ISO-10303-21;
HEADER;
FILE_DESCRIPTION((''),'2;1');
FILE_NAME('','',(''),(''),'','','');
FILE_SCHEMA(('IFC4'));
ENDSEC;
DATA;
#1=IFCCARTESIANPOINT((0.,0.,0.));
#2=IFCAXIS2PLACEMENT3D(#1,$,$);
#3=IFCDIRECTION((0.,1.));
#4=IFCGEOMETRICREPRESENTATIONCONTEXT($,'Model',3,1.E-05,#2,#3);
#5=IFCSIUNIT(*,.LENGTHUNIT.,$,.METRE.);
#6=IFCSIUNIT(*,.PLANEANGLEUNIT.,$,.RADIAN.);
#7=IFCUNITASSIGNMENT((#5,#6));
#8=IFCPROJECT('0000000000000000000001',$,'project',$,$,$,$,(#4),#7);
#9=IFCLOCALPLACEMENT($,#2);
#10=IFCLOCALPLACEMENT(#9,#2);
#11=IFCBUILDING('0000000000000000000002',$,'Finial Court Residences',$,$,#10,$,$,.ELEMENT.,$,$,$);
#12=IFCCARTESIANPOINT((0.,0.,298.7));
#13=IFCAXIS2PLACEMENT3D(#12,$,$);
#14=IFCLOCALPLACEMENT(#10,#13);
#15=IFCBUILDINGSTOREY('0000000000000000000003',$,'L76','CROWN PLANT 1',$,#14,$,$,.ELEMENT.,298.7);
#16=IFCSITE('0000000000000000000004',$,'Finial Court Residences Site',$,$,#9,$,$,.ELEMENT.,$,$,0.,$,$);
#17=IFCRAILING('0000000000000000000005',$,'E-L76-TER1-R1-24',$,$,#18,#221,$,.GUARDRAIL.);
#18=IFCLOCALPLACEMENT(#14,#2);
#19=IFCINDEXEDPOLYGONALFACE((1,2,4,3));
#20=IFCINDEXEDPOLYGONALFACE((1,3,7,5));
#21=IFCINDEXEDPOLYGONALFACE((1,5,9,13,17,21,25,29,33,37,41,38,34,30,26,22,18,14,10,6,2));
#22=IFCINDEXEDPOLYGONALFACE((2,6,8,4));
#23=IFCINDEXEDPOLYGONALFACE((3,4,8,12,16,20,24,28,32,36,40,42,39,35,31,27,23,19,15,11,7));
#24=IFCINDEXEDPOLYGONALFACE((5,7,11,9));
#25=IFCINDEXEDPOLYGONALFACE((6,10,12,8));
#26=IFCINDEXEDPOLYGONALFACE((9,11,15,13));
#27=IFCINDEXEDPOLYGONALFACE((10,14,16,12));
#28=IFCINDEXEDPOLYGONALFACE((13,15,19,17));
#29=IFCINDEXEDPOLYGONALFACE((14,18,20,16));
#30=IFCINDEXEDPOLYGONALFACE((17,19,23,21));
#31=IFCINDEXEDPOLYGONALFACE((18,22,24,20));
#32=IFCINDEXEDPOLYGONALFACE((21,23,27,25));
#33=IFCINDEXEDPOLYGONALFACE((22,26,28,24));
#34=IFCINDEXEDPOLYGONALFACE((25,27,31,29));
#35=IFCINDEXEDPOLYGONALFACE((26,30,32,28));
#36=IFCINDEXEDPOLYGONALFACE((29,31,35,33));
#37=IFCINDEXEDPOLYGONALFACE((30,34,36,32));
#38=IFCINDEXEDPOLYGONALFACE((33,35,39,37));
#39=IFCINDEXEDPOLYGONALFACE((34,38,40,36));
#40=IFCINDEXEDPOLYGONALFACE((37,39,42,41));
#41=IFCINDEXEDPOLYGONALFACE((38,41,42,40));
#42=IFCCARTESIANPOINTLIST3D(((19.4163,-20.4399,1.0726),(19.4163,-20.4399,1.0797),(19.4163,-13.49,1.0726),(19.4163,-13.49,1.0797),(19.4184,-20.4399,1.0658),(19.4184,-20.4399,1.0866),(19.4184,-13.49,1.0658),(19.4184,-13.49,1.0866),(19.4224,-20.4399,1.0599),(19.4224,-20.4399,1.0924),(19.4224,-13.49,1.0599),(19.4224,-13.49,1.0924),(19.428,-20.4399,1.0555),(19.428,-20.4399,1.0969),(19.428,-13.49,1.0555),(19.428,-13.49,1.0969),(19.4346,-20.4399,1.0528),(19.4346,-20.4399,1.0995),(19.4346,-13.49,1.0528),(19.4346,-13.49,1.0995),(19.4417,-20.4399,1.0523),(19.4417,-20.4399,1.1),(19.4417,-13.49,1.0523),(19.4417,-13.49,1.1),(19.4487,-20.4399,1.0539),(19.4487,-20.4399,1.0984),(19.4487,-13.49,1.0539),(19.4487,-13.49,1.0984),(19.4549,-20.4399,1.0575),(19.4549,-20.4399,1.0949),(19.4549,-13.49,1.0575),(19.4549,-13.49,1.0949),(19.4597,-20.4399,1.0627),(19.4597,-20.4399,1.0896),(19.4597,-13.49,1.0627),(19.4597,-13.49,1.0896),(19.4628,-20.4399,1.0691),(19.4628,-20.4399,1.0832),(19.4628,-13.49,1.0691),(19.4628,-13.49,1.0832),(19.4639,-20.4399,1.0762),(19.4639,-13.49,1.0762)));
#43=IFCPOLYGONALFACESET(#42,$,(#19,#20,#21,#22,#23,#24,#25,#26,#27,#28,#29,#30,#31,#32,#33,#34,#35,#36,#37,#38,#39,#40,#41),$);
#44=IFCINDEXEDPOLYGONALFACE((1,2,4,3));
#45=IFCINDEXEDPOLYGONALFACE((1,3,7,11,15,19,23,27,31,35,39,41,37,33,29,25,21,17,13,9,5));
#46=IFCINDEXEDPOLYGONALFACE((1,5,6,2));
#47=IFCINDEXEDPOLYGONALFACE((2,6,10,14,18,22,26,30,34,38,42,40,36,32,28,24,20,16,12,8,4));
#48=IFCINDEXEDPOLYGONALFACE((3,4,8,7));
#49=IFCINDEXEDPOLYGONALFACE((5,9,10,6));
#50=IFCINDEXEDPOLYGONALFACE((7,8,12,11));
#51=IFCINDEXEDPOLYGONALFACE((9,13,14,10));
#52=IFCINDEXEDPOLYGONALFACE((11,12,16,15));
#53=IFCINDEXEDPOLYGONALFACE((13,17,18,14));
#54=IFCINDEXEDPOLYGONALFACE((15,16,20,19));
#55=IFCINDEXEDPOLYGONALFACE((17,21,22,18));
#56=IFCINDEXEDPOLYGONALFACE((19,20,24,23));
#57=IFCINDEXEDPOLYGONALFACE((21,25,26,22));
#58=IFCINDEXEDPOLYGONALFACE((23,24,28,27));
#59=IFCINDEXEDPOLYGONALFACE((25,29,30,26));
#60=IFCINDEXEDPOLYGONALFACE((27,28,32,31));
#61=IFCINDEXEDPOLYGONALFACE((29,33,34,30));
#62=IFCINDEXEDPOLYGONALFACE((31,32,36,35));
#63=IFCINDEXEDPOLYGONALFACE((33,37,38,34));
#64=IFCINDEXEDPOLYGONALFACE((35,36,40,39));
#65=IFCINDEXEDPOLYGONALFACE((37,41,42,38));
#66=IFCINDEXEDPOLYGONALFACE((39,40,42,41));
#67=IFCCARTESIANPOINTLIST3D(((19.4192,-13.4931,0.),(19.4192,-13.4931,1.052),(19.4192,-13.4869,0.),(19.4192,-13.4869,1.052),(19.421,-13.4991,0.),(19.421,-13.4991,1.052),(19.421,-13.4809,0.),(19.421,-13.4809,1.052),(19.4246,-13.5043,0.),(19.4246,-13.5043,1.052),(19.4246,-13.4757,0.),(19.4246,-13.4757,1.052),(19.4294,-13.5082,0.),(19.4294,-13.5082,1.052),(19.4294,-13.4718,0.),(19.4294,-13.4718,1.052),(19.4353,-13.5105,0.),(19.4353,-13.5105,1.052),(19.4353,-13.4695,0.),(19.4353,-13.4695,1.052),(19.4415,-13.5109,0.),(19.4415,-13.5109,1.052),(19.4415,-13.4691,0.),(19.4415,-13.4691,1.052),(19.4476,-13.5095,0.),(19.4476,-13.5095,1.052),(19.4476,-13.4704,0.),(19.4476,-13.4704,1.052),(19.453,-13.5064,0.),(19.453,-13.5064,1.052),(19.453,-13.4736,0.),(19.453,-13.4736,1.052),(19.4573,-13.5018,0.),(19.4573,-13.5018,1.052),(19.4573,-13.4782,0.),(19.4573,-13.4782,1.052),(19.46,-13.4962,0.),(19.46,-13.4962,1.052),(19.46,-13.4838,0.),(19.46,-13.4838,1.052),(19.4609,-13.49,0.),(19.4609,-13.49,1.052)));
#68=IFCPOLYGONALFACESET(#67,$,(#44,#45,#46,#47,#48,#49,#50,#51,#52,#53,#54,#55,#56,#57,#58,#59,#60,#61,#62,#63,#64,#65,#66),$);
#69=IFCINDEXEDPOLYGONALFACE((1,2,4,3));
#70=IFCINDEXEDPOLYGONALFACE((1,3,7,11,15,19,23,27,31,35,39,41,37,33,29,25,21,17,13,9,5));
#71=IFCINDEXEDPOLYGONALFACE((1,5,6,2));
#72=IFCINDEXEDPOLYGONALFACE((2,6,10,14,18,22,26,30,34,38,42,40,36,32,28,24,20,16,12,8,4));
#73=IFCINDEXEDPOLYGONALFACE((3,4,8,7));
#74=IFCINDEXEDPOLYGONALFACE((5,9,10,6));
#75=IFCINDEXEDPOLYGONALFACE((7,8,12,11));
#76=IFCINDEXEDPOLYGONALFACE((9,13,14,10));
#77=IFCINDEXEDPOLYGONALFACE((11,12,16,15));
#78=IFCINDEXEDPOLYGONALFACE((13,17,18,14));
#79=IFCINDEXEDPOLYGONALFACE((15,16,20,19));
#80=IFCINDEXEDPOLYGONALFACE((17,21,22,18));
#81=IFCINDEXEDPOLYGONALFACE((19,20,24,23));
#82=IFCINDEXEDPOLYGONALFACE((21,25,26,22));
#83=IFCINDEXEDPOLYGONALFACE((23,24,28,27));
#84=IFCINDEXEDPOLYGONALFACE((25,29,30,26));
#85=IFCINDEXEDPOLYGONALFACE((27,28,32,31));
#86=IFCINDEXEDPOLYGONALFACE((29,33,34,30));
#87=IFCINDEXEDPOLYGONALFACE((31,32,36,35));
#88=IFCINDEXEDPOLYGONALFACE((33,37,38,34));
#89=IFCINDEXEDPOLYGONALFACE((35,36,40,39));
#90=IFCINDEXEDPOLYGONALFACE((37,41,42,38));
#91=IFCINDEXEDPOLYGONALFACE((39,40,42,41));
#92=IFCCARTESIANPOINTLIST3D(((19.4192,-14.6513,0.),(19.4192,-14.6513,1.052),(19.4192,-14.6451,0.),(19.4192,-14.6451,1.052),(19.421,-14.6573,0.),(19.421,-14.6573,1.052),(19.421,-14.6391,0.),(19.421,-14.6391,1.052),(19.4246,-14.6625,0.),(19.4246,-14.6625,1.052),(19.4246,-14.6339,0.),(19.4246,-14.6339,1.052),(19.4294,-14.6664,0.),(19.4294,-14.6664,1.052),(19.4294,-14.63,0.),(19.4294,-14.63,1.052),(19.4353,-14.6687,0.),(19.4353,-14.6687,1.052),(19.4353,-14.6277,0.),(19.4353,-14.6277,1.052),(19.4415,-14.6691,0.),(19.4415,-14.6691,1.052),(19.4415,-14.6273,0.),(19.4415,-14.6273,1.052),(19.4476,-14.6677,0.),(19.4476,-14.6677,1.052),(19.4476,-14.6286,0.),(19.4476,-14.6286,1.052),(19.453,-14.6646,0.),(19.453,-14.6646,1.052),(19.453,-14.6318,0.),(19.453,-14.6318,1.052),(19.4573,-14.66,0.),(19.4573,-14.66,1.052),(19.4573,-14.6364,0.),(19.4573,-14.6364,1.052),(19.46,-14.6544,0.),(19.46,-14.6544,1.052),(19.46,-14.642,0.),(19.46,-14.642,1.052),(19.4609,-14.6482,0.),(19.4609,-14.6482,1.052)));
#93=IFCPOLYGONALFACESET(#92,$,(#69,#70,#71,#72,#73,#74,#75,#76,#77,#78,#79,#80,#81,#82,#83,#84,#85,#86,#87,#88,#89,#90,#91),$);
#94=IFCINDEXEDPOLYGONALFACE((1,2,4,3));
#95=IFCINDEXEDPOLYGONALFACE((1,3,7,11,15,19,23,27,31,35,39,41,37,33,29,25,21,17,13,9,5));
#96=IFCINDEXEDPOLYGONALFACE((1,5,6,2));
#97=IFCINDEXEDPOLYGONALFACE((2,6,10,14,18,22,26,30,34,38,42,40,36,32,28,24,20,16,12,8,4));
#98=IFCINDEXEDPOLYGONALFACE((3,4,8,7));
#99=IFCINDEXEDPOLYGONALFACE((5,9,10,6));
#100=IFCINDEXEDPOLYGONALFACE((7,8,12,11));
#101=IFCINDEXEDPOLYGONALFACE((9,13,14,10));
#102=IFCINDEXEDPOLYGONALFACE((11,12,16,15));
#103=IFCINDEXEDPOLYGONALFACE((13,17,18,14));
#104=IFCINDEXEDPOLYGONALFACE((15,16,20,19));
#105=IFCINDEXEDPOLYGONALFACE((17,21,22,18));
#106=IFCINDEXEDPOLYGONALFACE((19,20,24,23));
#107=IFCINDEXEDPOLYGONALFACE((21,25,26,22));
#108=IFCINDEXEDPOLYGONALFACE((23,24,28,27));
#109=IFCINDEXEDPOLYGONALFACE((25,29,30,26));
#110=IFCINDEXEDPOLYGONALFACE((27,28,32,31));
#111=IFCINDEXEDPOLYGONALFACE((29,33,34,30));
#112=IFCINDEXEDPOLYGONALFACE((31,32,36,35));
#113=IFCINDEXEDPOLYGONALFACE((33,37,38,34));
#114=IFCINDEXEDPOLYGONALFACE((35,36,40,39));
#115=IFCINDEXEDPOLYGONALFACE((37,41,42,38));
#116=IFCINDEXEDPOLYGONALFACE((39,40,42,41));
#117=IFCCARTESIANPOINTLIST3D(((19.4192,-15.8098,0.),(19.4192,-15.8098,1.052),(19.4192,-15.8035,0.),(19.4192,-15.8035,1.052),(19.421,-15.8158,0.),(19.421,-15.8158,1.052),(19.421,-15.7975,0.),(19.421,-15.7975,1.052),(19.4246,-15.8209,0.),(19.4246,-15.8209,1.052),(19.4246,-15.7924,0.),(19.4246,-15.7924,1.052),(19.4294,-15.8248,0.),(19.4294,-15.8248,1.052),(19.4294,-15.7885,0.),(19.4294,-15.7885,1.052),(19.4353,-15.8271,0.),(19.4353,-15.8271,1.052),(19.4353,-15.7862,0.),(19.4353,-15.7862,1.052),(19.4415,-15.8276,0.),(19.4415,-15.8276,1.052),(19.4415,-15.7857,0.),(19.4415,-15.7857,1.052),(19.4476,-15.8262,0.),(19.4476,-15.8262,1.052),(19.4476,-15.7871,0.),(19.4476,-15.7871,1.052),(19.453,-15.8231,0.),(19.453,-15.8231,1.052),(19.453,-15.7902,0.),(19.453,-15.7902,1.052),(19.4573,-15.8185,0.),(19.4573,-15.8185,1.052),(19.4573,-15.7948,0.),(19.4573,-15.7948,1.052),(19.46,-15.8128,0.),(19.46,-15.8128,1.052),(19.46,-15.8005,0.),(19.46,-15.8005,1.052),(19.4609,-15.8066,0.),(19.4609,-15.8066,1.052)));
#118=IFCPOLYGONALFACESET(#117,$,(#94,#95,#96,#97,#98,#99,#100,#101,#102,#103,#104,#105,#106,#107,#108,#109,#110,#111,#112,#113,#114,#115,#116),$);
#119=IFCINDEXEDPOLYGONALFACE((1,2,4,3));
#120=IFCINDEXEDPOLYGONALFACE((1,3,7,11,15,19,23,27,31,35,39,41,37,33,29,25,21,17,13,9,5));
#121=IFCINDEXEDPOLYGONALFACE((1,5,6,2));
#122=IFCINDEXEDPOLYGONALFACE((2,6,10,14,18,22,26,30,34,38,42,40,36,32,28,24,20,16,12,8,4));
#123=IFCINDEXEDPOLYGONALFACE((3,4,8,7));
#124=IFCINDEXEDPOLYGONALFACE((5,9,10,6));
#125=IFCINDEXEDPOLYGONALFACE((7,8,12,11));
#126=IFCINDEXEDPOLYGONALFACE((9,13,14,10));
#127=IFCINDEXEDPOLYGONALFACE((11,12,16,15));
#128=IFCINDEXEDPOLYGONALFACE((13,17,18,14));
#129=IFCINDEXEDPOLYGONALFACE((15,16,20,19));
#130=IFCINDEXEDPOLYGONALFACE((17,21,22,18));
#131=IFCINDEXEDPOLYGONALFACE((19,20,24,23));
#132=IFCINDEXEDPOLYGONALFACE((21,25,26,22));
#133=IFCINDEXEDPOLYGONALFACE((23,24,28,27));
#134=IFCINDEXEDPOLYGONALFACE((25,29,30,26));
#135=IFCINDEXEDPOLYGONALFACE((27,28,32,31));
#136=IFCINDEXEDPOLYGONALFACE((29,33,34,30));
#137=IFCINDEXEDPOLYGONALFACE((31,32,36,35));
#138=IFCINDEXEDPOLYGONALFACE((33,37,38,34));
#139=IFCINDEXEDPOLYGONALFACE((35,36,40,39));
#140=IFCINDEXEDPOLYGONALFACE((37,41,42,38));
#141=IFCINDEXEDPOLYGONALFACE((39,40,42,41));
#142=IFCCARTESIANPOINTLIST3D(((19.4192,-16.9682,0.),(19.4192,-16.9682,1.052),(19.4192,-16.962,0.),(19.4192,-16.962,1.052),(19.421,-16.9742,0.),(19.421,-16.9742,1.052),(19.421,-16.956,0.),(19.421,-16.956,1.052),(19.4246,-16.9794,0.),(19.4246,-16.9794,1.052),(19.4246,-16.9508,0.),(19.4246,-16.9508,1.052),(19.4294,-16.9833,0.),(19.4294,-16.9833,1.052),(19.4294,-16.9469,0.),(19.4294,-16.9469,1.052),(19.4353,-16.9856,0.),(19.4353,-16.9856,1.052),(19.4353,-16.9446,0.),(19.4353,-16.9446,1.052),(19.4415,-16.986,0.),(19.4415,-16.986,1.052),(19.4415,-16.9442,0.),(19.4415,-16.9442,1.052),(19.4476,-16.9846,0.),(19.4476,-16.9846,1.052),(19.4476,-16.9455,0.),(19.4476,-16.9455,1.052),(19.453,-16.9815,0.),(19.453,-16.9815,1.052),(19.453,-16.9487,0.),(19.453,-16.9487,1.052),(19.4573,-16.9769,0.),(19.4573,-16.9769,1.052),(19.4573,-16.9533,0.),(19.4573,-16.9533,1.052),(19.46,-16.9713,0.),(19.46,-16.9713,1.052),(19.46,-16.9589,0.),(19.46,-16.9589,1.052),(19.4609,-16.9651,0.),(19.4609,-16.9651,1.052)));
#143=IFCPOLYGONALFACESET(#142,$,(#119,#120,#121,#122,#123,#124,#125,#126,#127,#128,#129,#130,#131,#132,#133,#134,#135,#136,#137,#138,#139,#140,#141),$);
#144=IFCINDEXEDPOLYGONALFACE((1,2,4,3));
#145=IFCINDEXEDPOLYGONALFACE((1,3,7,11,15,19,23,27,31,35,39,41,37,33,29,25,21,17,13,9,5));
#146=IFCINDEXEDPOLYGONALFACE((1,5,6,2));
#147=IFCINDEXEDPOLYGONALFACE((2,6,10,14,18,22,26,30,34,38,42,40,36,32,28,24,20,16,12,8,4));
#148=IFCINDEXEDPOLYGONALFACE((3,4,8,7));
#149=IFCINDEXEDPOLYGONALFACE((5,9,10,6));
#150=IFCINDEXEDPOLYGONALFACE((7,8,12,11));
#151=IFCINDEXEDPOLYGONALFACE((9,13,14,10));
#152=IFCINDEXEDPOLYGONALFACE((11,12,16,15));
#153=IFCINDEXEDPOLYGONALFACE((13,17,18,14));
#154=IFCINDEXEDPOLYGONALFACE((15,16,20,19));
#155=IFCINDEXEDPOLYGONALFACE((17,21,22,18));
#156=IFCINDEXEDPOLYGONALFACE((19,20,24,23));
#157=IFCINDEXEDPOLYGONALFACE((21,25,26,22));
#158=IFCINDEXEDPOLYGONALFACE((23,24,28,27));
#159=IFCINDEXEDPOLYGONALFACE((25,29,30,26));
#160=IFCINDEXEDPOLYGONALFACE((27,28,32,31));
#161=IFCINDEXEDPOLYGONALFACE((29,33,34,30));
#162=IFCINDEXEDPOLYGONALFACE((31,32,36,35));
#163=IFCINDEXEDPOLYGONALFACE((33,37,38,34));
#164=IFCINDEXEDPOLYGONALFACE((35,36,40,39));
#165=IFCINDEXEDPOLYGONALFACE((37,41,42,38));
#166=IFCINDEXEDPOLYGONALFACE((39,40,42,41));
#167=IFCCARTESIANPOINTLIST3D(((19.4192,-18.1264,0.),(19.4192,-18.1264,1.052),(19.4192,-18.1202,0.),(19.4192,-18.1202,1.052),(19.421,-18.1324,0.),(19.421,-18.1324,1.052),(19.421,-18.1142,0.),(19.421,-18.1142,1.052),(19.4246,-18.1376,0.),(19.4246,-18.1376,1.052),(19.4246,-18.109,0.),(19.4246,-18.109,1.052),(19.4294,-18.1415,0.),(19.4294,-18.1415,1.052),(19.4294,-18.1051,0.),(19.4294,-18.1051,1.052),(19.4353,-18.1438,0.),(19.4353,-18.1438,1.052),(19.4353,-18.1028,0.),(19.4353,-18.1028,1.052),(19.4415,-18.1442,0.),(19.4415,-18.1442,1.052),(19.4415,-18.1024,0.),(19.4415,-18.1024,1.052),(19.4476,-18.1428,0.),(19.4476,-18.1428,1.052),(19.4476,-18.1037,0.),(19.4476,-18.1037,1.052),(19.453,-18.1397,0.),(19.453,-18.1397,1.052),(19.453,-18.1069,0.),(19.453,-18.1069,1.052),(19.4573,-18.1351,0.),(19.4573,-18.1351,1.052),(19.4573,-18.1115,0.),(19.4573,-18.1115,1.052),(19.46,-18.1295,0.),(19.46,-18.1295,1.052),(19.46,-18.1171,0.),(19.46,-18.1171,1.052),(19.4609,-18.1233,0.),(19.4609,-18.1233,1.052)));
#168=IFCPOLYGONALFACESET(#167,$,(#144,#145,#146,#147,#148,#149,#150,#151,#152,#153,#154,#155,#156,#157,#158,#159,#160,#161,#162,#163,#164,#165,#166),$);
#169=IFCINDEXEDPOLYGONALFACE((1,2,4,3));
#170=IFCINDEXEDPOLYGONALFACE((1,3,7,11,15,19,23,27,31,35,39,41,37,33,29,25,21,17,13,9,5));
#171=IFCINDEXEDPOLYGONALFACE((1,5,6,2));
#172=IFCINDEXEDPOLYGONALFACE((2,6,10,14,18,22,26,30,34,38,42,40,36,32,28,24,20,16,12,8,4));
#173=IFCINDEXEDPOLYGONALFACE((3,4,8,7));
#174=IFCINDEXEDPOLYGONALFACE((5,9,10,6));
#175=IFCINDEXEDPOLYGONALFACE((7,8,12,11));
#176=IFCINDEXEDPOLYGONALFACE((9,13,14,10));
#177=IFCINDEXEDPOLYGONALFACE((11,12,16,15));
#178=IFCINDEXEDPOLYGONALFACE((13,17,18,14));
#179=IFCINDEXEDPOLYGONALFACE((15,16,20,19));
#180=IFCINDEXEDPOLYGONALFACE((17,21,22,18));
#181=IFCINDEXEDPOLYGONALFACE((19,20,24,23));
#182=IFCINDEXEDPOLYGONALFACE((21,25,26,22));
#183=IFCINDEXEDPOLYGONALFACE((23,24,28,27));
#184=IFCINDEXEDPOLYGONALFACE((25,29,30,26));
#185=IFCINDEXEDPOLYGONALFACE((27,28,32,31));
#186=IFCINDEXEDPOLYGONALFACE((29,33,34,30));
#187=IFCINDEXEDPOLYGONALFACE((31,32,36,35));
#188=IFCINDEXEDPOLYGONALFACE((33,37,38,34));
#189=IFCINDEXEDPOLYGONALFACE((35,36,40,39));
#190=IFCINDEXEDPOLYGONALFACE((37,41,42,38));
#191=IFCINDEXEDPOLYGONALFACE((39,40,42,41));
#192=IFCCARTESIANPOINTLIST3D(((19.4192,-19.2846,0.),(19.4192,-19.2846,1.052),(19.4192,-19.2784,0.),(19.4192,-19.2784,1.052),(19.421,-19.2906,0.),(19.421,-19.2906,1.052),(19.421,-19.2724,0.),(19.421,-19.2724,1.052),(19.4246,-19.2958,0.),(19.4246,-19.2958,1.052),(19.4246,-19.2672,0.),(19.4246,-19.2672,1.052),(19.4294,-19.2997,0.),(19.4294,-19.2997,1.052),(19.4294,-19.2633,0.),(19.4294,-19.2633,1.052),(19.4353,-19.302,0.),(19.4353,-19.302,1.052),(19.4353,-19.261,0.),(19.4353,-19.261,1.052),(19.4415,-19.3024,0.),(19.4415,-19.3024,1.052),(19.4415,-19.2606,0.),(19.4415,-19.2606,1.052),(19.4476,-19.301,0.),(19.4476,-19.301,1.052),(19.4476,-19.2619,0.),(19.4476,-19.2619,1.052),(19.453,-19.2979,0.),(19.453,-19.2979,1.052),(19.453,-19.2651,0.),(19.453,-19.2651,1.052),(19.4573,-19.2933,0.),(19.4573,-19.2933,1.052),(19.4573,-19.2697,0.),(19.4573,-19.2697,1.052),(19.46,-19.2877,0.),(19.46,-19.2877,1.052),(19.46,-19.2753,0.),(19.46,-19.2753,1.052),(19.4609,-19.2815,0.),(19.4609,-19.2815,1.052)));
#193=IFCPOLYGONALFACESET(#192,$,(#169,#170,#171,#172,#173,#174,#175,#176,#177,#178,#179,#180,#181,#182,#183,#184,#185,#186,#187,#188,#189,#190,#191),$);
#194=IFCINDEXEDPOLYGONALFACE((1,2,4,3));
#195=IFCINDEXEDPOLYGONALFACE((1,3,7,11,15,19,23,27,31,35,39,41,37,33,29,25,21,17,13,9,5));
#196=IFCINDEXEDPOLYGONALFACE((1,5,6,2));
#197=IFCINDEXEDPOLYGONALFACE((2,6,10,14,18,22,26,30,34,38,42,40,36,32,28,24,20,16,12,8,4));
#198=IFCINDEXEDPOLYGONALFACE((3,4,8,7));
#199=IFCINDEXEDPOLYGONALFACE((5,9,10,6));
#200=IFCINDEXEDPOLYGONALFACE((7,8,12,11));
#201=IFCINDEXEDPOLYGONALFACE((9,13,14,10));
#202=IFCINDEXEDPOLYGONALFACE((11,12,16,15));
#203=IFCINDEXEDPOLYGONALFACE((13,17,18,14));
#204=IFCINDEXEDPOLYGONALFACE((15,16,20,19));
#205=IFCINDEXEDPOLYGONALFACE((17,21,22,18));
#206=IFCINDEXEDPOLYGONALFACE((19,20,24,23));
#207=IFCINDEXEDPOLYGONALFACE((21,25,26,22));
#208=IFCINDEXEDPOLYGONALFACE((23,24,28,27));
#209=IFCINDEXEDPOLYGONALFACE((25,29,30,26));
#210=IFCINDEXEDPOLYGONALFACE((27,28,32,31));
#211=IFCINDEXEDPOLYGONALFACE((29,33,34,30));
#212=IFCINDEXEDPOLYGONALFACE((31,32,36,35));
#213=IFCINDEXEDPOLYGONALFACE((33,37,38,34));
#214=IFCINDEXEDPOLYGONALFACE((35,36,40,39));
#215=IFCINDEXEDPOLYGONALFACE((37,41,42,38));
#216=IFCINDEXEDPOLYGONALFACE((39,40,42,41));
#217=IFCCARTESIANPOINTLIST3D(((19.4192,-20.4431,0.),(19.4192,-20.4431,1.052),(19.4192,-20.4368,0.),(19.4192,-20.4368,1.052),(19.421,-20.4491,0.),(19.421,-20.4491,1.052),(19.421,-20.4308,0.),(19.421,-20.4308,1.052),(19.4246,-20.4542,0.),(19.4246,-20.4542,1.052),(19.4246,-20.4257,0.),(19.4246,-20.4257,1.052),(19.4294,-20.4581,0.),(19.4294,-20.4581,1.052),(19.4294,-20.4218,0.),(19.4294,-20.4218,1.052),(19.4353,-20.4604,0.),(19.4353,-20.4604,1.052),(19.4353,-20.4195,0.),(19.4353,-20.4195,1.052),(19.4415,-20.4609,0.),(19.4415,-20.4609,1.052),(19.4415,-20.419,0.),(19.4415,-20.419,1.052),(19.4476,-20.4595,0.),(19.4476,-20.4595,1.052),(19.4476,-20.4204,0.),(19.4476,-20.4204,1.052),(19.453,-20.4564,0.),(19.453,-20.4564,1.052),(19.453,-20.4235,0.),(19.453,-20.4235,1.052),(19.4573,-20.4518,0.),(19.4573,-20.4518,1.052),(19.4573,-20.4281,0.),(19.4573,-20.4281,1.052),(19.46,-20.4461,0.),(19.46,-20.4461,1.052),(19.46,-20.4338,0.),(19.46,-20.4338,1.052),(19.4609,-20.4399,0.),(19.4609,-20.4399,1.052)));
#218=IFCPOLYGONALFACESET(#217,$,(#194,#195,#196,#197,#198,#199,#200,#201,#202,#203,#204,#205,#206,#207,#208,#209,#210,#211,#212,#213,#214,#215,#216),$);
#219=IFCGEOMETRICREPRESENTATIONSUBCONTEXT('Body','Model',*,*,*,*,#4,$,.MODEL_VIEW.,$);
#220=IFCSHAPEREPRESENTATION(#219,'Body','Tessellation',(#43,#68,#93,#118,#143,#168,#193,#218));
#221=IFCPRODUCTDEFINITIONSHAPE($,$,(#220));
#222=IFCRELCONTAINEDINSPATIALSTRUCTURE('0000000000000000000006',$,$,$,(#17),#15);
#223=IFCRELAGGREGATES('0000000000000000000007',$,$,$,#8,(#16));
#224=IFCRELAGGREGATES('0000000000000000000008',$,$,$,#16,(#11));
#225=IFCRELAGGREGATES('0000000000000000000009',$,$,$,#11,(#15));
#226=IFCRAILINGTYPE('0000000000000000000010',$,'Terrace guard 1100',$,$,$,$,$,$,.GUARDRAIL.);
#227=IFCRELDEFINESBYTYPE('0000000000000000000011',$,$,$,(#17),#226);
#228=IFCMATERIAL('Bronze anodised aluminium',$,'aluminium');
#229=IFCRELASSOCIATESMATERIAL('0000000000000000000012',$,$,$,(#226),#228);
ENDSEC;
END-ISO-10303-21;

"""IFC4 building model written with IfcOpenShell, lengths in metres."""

from ifc_helpers import new_model, si_unit, direction, frame, origin, origin_2d, place, context, subcontext, project, spatial, circle, extrude, material, type_object, element, save


model = new_model("IFC4")

# Units and contexts
model_context = context("Model", 3, precision=1e-05, world=origin(), true_north=direction((0.0, 1.0)))
body_context = subcontext(model_context, "Body", "Model", "MODEL_VIEW")
ifc_project = project(units=[si_unit("LENGTHUNIT", "METRE"), si_unit("PLANEANGLEUNIT", "RADIAN")], contexts=[model_context])

# Site, building, storey
site_placement = place(None, origin())
site = spatial("IfcSite", under=ifc_project, at=site_placement, Name="Finial Court Residences Site", CompositionType="ELEMENT", RefElevation=0.0)
building_placement = place(site_placement, origin())
building = spatial("IfcBuilding", under=site, at=building_placement, Name="Finial Court Residences", CompositionType="ELEMENT")
storey_placement = place(building_placement, frame((0.0, 0.0, 298.7)))
storey = spatial("IfcBuildingStorey", under=building, at=storey_placement, Name="L76", Description="CROWN PLANT 1", CompositionType="ELEMENT", Elevation=298.7)

# Shared definitions
ifc_material_1 = material(Name="Bronze anodised aluminium", Category="aluminium")

# Railing
railing_type = type_object("IfcRailingType", Name="Terrace guard 1100", PredefinedType="GUARDRAIL", material=ifc_material_1)
railing_1_placement = place(storey_placement, frame((19.4399, -13.49, 0.0)))
element("IfcRailing", 1, at=railing_1_placement, inside=storey, type_object=railing_type, Name="E-L76-TER1-R1-24", PredefinedType="GUARDRAIL", context=body_context, shape_type="SweptSolid", body=[
    extrude(circle(Radius=0.0239, at=origin_2d()), frame((0.0, 0.0, 1.0762), z_axis=(0.0, -1.0, 0.0), x_axis=(1.0, 0.0, 0.0)), (0.0, 0.0, 1.0), 6.95),
    extrude(circle(Radius=0.021, at=origin_2d()), origin(), (0.0, 0.0, 1.0), 1.052),
    extrude(circle(Radius=0.021, at=origin_2d()), frame((0.0, -1.1582, 0.0)), (0.0, 0.0, 1.0), 1.052),
    extrude(circle(Radius=0.021, at=origin_2d()), frame((0.0, -2.3167, 0.0)), (0.0, 0.0, 1.0), 1.052),
    extrude(circle(Radius=0.021, at=origin_2d()), frame((0.0, -3.4751, 0.0)), (0.0, 0.0, 1.0), 1.052),
    extrude(circle(Radius=0.021, at=origin_2d()), frame((0.0, -4.6333, 0.0)), (0.0, 0.0, 1.0), 1.052),
    extrude(circle(Radius=0.021, at=origin_2d()), frame((0.0, -5.7915, 0.0)), (0.0, 0.0, 1.0), 1.052),
    extrude(circle(Radius=0.021, at=origin_2d()), frame((0.0, -6.95, 0.0)), (0.0, 0.0, 1.0), 1.052),
])

save(model, "model.ifc")
